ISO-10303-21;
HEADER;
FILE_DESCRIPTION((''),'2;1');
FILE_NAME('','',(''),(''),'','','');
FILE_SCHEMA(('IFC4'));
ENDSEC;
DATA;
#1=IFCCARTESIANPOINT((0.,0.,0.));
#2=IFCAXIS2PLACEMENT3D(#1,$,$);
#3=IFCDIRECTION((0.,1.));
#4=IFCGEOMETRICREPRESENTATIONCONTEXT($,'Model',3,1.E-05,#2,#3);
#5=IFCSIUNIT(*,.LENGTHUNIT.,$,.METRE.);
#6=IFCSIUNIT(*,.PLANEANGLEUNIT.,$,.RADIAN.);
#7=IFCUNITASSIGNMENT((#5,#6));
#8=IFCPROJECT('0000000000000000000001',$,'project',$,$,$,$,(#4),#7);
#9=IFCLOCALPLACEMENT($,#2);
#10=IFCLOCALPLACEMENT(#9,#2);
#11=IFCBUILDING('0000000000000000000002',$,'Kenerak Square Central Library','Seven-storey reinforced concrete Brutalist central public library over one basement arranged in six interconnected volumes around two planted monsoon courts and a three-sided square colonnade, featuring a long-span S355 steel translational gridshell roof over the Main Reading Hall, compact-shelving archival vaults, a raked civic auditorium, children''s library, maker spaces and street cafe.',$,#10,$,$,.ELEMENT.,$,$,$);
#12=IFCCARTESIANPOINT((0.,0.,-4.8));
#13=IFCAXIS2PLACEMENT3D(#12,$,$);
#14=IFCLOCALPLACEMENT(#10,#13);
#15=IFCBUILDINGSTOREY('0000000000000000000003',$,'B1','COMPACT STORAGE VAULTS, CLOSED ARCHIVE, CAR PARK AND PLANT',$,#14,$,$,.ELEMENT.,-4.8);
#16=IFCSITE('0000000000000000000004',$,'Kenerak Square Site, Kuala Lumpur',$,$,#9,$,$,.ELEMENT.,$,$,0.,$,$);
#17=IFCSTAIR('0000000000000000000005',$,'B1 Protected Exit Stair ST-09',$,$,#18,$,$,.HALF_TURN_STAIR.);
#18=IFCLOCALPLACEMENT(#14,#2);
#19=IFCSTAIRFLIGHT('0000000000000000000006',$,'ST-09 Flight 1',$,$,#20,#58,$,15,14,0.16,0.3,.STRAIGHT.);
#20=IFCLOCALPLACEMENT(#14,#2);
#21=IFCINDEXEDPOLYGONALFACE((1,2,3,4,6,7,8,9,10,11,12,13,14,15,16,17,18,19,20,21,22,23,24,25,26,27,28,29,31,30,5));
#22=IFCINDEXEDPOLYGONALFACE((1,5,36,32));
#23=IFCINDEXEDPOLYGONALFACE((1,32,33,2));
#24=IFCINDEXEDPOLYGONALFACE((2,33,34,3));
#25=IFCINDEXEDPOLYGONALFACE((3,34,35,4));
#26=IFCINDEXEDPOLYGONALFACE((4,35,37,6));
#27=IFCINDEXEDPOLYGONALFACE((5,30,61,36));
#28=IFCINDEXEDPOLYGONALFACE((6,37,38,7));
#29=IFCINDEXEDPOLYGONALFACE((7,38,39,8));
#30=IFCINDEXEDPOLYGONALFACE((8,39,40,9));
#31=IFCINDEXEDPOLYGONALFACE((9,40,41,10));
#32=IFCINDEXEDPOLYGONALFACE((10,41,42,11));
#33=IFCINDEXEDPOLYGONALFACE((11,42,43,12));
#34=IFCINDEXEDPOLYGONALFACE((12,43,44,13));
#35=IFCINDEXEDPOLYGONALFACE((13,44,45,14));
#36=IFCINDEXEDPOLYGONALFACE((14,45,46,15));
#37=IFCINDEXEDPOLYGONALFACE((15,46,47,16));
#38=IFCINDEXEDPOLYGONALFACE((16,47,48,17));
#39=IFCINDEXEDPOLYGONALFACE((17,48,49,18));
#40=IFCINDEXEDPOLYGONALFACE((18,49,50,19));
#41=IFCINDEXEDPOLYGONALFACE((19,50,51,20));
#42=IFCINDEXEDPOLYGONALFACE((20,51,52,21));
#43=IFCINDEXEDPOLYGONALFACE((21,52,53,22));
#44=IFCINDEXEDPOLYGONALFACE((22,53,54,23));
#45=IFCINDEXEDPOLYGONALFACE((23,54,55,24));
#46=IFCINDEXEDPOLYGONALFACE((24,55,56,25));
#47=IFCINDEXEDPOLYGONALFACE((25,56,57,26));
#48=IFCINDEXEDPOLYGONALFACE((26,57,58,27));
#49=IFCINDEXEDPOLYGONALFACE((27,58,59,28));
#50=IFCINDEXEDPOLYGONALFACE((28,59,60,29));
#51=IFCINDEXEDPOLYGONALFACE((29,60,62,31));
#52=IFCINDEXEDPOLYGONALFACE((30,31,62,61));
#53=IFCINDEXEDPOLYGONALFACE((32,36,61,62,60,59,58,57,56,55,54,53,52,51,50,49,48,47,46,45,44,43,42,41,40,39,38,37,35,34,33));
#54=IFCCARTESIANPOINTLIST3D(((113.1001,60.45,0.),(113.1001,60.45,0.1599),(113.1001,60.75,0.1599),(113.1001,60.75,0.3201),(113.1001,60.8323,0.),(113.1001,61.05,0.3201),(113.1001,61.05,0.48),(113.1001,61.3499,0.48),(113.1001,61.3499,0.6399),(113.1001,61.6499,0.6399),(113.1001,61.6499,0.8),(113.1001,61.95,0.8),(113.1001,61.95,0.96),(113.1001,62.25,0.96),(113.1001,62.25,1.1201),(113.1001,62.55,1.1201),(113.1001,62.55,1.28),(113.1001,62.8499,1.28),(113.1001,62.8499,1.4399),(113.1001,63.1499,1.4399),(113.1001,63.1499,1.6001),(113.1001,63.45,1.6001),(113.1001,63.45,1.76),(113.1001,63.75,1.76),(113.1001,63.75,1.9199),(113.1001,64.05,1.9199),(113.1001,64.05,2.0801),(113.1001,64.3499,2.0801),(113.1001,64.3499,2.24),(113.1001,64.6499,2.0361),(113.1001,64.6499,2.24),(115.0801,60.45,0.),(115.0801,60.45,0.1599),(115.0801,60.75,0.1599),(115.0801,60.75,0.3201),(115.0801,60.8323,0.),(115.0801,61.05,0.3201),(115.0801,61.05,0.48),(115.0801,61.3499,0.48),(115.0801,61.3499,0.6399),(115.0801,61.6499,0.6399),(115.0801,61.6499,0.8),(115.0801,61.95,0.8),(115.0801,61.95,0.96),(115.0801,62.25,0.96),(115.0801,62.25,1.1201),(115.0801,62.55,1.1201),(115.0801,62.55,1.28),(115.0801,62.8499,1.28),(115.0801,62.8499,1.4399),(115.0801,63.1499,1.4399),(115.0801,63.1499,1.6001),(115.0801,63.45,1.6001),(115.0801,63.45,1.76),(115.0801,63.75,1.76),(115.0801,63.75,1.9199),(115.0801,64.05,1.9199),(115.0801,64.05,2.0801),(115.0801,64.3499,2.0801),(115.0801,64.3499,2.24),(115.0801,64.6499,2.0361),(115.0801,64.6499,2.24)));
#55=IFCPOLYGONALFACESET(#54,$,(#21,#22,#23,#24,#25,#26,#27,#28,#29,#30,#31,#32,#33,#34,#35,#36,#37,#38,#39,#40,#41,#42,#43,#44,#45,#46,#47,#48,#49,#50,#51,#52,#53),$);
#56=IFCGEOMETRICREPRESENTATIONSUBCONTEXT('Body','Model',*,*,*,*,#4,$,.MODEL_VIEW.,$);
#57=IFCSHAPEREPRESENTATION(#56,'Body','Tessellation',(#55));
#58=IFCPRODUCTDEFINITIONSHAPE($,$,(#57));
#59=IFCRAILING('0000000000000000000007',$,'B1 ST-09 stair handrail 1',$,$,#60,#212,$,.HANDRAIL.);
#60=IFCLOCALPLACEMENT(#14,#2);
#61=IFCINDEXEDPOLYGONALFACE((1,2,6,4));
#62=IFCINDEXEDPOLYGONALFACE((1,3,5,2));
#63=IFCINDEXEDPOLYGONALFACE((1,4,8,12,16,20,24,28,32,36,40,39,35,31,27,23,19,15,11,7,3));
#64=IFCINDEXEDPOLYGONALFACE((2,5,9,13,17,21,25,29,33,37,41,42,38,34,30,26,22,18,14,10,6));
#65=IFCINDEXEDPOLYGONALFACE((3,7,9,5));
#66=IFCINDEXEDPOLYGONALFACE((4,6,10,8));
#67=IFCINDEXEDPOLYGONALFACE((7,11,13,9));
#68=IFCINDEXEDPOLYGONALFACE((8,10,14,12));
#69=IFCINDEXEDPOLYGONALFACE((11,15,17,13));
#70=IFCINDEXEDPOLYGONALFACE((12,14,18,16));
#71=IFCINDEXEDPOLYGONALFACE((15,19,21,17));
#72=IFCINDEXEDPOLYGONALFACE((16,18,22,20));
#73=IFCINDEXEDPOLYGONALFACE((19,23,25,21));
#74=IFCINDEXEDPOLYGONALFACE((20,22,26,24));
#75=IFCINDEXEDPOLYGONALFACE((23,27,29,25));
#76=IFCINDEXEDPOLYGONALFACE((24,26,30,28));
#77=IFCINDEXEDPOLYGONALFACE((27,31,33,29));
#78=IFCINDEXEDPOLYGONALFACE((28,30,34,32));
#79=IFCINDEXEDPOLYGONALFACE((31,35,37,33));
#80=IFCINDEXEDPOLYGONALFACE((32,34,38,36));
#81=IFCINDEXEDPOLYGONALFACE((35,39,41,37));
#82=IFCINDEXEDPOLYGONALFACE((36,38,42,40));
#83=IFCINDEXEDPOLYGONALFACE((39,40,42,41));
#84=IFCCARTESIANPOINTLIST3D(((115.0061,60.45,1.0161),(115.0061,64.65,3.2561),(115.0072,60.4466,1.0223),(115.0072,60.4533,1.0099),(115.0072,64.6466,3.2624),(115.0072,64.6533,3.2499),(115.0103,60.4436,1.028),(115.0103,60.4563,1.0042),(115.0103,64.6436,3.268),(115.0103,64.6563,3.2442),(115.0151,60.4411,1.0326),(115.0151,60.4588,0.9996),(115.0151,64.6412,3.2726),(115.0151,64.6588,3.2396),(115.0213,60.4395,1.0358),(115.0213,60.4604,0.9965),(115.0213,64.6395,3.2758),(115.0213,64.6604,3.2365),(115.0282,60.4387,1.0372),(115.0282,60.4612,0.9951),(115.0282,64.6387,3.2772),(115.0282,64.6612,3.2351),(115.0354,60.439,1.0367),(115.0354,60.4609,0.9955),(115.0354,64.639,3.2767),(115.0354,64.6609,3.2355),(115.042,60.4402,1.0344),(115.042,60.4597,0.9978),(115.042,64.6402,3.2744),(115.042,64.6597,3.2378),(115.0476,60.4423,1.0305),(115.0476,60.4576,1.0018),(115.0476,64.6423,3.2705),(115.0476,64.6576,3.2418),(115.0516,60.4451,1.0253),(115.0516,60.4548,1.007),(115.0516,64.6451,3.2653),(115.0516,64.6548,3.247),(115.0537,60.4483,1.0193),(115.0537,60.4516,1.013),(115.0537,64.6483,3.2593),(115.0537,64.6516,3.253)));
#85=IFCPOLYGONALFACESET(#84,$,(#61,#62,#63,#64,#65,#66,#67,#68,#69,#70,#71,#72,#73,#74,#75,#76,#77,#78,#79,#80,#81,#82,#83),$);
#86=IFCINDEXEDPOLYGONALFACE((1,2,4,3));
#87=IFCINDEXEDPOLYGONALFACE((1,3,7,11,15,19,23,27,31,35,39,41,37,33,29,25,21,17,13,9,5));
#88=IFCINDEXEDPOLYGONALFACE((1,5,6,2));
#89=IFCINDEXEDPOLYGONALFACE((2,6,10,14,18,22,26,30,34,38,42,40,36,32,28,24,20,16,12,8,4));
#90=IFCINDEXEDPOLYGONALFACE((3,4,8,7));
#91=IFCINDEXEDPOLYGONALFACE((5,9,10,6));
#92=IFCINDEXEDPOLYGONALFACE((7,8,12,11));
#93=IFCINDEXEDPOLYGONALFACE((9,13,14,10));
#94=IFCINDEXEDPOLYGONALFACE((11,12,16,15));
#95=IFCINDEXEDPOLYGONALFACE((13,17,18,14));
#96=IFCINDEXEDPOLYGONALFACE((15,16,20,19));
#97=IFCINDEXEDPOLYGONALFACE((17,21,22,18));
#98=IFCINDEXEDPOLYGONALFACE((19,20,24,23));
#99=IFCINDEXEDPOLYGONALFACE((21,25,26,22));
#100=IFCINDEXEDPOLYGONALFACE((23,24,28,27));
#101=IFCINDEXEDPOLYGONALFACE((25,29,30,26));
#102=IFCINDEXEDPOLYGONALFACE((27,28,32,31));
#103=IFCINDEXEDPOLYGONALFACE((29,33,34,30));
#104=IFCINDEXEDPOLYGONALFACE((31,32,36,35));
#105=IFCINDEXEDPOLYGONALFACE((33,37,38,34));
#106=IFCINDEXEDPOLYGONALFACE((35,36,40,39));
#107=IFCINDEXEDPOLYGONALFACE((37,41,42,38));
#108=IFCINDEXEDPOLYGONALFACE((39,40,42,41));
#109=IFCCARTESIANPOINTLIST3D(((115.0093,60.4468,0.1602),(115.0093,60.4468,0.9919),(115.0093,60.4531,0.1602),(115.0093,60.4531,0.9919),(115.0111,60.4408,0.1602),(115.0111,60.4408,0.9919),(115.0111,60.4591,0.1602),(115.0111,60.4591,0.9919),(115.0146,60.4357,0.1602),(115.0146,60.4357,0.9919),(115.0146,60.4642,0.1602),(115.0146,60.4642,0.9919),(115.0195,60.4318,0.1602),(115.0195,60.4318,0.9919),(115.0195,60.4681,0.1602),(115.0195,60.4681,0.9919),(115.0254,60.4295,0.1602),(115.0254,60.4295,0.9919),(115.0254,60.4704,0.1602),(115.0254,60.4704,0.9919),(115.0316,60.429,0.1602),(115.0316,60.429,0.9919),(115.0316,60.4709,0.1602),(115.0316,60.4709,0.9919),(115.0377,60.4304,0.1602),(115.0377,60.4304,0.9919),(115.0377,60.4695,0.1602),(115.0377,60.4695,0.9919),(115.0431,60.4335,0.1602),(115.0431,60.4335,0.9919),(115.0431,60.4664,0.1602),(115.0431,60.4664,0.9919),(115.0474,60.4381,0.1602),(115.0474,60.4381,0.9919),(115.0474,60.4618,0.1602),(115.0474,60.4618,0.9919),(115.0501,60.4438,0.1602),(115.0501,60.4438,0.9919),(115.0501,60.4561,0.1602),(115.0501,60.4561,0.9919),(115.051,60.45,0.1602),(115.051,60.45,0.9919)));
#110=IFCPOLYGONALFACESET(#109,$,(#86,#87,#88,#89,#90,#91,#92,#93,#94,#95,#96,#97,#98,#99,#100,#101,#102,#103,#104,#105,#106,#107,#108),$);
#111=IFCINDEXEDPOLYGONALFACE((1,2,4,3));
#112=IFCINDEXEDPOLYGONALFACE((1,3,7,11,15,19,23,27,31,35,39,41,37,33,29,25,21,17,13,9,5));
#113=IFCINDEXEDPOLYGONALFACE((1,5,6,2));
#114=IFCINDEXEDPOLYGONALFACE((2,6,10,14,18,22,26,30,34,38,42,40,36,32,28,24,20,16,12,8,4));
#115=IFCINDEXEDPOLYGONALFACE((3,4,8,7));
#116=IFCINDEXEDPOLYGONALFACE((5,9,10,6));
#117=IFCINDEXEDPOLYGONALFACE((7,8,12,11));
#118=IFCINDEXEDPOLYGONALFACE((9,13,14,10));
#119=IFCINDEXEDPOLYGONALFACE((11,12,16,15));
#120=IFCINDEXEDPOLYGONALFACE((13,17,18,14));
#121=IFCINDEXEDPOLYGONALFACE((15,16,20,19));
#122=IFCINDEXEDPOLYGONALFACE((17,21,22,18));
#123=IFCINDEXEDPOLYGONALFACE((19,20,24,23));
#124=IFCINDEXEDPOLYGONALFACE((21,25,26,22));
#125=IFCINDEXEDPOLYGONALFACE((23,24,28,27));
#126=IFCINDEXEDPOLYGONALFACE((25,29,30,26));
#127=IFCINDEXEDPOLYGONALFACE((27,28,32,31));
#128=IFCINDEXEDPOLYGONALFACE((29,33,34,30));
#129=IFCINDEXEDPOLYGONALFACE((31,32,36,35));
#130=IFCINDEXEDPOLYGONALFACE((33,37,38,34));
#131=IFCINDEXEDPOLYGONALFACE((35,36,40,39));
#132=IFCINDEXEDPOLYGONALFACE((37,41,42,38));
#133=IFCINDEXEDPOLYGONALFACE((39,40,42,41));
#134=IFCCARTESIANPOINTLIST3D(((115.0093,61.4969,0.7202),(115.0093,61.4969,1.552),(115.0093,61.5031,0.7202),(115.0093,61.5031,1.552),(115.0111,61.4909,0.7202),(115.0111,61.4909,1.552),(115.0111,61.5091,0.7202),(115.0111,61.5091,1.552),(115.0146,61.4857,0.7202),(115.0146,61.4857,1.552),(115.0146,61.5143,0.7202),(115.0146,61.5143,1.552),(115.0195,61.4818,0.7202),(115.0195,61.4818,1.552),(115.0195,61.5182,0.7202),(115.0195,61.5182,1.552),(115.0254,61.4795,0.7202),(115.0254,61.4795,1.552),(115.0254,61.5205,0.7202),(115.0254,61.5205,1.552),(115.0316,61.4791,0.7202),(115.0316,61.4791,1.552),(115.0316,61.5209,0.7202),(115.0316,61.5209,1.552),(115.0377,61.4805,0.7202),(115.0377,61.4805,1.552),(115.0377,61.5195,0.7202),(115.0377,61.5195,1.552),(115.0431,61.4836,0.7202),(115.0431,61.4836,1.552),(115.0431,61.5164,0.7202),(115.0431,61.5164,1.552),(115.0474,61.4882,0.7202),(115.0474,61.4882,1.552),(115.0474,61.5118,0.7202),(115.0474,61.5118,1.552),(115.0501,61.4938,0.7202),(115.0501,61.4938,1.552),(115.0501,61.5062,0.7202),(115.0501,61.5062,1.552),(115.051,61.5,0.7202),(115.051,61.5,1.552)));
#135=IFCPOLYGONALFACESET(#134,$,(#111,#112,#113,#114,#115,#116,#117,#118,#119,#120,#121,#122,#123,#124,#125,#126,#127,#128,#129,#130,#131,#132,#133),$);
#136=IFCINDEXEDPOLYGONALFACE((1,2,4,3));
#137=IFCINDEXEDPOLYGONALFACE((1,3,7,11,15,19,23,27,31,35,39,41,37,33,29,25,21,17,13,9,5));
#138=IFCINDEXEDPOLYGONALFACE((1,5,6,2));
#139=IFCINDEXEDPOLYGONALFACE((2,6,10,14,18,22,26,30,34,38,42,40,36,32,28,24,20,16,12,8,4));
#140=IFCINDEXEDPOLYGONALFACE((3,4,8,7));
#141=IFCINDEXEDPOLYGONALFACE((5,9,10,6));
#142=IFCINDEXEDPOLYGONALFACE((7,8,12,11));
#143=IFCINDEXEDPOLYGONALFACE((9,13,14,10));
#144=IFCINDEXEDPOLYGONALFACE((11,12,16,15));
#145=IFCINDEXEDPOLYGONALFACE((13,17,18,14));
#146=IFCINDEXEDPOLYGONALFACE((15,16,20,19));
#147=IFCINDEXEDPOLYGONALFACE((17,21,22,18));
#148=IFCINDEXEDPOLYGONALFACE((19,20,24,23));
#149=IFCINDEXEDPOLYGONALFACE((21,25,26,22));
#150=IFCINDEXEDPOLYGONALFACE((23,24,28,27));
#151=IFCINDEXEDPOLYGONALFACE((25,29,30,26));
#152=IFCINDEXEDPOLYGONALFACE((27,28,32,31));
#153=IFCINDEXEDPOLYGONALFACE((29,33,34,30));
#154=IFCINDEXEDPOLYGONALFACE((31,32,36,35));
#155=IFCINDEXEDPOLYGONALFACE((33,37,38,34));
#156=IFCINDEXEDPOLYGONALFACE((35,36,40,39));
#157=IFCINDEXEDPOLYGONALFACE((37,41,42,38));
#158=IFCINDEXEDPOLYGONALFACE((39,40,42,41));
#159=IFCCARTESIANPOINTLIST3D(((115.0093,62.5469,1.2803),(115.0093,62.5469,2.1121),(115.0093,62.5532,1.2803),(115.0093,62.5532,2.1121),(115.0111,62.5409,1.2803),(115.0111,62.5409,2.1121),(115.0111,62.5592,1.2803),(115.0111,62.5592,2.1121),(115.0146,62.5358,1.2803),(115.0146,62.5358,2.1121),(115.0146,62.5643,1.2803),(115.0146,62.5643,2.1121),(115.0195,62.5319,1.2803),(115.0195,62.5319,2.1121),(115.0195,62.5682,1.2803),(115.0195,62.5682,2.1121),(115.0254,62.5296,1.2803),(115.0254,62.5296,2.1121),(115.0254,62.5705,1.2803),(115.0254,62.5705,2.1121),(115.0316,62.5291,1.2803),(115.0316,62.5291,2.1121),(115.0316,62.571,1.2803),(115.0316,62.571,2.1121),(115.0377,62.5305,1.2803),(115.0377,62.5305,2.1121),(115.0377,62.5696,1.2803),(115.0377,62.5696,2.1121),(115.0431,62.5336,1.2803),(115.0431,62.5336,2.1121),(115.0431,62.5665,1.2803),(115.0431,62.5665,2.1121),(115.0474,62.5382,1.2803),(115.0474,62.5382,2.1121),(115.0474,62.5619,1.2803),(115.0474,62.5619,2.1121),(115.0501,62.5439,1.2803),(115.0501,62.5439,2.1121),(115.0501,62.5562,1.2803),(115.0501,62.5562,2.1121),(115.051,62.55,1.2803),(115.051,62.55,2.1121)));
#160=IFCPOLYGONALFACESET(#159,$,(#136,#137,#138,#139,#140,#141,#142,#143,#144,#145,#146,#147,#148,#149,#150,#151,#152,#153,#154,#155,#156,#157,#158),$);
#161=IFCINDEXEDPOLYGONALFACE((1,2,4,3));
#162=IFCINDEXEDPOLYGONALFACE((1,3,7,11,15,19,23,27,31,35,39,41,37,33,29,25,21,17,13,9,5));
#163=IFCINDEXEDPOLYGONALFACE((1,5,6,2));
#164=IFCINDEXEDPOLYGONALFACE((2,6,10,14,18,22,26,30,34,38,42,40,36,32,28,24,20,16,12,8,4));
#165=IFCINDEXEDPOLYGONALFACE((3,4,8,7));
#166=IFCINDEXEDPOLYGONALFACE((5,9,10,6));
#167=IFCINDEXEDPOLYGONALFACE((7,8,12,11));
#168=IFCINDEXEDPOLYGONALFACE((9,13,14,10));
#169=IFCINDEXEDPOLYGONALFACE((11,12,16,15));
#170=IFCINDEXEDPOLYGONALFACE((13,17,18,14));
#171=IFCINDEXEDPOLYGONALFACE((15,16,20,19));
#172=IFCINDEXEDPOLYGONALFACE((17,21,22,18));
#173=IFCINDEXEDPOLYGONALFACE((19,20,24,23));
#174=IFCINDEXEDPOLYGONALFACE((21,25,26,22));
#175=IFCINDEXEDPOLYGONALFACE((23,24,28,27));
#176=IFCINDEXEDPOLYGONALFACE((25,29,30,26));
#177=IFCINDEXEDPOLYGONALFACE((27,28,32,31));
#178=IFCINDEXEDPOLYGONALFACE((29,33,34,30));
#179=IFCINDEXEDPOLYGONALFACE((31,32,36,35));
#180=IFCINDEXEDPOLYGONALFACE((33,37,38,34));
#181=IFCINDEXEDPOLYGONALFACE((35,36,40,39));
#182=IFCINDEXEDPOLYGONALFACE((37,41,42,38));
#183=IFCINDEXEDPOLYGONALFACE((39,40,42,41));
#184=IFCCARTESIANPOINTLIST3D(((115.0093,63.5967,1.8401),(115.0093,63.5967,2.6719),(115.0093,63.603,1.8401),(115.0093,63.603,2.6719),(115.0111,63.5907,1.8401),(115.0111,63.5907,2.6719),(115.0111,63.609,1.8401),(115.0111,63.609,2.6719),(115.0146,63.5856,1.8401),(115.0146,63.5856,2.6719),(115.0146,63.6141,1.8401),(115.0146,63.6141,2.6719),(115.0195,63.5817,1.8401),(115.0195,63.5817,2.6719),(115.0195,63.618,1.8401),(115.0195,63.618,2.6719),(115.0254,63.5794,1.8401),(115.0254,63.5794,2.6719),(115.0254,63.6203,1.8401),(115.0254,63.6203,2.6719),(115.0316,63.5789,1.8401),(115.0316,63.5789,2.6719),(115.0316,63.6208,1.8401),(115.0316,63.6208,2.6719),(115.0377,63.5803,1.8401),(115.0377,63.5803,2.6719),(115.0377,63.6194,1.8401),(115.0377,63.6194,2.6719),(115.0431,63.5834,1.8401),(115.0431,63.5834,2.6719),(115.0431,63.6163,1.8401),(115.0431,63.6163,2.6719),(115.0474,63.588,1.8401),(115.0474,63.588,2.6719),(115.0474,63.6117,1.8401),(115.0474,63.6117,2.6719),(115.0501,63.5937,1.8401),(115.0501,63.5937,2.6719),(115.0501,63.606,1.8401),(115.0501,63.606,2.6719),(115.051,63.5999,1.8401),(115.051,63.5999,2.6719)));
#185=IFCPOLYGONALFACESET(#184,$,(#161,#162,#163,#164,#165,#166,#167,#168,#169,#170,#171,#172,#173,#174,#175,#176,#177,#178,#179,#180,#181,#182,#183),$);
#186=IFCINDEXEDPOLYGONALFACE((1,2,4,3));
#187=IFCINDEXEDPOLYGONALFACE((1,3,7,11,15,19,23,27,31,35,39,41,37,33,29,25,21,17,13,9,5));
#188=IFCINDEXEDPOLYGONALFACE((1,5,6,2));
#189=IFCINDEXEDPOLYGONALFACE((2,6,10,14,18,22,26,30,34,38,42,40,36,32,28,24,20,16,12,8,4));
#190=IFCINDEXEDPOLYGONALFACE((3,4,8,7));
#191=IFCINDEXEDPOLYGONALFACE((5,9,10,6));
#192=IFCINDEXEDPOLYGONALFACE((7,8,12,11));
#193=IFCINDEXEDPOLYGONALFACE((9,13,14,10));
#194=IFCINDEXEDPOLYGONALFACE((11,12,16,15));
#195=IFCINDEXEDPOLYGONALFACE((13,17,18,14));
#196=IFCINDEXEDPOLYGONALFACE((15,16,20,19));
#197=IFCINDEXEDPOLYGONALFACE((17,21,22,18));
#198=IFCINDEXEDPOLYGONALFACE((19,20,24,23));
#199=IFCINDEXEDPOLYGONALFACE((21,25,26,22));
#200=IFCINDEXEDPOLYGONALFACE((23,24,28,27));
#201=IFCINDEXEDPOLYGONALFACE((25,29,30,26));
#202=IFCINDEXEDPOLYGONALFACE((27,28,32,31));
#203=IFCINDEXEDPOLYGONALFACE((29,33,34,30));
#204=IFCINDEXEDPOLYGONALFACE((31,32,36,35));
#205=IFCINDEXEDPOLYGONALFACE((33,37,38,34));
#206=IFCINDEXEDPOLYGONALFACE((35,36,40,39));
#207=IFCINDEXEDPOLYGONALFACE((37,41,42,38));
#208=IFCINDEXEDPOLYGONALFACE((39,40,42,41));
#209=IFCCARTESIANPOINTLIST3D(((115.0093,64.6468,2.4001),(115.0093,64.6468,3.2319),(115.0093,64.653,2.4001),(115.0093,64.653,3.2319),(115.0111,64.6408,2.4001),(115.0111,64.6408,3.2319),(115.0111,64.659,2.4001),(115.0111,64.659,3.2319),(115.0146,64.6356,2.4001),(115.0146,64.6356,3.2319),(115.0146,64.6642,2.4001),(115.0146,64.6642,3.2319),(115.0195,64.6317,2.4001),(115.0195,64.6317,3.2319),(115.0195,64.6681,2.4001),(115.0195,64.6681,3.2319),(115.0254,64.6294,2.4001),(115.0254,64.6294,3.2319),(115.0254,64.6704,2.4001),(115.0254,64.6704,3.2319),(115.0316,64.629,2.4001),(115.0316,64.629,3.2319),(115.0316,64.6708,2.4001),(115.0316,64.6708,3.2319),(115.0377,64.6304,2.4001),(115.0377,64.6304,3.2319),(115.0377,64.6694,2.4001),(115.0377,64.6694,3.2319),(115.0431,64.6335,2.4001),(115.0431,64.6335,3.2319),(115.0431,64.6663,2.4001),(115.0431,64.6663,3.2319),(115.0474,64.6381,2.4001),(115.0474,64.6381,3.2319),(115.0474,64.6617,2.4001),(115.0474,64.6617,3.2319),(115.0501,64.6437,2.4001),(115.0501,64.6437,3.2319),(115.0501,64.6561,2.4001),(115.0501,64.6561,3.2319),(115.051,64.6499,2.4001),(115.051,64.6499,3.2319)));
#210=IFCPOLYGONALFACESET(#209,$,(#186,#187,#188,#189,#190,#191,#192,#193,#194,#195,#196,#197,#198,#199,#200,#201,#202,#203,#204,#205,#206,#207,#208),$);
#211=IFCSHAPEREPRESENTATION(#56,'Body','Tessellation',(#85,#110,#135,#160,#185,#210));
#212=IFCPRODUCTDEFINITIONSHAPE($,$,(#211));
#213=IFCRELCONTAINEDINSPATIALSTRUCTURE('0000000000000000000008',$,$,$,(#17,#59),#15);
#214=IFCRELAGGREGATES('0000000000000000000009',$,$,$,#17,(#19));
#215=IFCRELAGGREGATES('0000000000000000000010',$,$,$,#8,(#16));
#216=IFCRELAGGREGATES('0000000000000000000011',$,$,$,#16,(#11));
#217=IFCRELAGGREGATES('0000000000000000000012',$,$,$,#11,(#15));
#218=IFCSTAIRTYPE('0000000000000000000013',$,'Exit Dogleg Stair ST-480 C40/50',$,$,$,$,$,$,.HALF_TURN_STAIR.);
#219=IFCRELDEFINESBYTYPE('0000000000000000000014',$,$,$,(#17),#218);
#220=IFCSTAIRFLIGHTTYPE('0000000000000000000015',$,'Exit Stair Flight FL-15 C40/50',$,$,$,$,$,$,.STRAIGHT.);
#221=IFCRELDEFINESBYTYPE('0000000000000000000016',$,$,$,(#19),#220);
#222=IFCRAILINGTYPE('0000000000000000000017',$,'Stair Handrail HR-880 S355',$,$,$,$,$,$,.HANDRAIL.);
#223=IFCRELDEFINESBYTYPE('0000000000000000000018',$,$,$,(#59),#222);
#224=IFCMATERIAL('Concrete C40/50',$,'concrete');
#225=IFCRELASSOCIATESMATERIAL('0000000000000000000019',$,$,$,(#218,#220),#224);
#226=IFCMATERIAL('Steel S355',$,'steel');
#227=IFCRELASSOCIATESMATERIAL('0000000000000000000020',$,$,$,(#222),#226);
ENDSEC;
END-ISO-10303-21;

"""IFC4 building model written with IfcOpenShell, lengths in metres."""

from ifc_helpers import new_model, si_unit, direction, frame, origin, origin_2d, place, context, subcontext, project, spatial, polyline, circle, outline, extrude, material, type_object, element, aggregate, save


model = new_model("IFC4")

# Units and contexts
model_context = context("Model", 3, precision=1e-05, world=origin(), true_north=direction((0.0, 1.0)))
body_context = subcontext(model_context, "Body", "Model", "MODEL_VIEW")
ifc_project = project(units=[si_unit("LENGTHUNIT", "METRE"), si_unit("PLANEANGLEUNIT", "RADIAN")], contexts=[model_context])

# Site, building, storey
site_placement = place(None, origin())
site = spatial("IfcSite", under=ifc_project, at=site_placement, Name="Kenerak Square Site, Kuala Lumpur", CompositionType="ELEMENT", RefElevation=0.0)
building_placement = place(site_placement, origin())
building = spatial("IfcBuilding", under=site, at=building_placement, Name="Kenerak Square Central Library", Description="Seven-storey reinforced concrete Brutalist central public library over one basement arranged in six interconnected volumes around two planted monsoon courts and a three-sided square colonnade, featuring a long-span S355 steel translational gridshell roof over the Main Reading Hall, compact-shelving archival vaults, a raked civic auditorium, children's library, maker spaces and street cafe.", CompositionType="ELEMENT")
storey_placement = place(building_placement, frame((0.0, 0.0, -4.8)))
storey = spatial("IfcBuildingStorey", under=building, at=storey_placement, Name="B1", Description="COMPACT STORAGE VAULTS, CLOSED ARCHIVE, CAR PARK AND PLANT", CompositionType="ELEMENT", Elevation=-4.8)

# Shared definitions
ifc_material_1 = material(Name="Concrete C40/50", Category="concrete")

# Shared definitions
ifc_material_2 = material(Name="Steel S355", Category="steel")

# Stair, stair flight
stair_type = type_object("IfcStairType", Name="Exit Dogleg Stair ST-480 C40/50", PredefinedType="HALF_TURN_STAIR", material=ifc_material_1)
stair_placement = place(storey_placement, origin())
stair = element("IfcStair", 1, at=stair_placement, inside=storey, type_object=stair_type, Name="B1 Protected Exit Stair ST-09", PredefinedType="HALF_TURN_STAIR")
stair_flight_type = type_object("IfcStairFlightType", Name="Exit Stair Flight FL-15 C40/50", PredefinedType="STRAIGHT", material=ifc_material_1)
stair_flight_placement = place(storey_placement, frame((114.0901, 60.45, 0.0), z_axis=(0.0, 0.0, 1.0), x_axis=(0.0, 1.0, 0.0)))
stair_flight = element("IfcStairFlight", 2, at=stair_flight_placement, type_object=stair_flight_type, Name="ST-09 Flight 1", NumberOfRisers=15, NumberOfTreads=14, PredefinedType="STRAIGHT", RiserHeight=0.16, TreadLength=0.3, context=body_context, shape_type="SweptSolid", body=[
    extrude(outline(polyline([(0.0, 0.0), (0.0, 0.1599), (0.3, 0.1599), (0.3, 0.3201), (0.6001, 0.3201), (0.6001, 0.48), (0.8999, 0.48), (0.8999, 0.6399), (1.2, 0.6399), (1.2, 0.8), (1.5, 0.8), (1.5, 0.96), (1.8, 0.96), (1.8, 1.1201), (2.1001, 1.1201), (2.1001, 1.28), (2.3999, 1.28), (2.3999, 1.4399), (2.7, 1.4399), (2.7, 1.6001), (3.0, 1.6001), (3.0, 1.76), (3.3, 1.76), (3.3, 1.9199), (3.6001, 1.9199), (3.6001, 2.0801), (3.8999, 2.0801), (3.8999, 2.24), (4.2, 2.24), (4.2, 2.3999), (4.2, 2.0361), (0.3823, 0.0), (0.0, 0.0)])), frame((0.0, 0.99, 0.0), z_axis=(0.0, -1.0, 0.0), x_axis=(1.0, 0.0, 0.0)), (0.0, 0.0, 1.0), 1.98),
])
aggregate(stair, [stair_flight])

# Railing
railing_type = type_object("IfcRailingType", Name="Stair Handrail HR-880 S355", PredefinedType="HANDRAIL", material=ifc_material_2)
railing_placement = place(storey_placement, frame((115.03, 60.45, 0.1602)))
element("IfcRailing", 3, at=railing_placement, inside=storey, type_object=railing_type, Name="B1 ST-09 stair handrail 1", PredefinedType="HANDRAIL", context=body_context, shape_type="SweptSolid", body=[
    extrude(circle(Radius=0.0239, at=origin_2d()), frame((0.0, 0.0, 0.856), z_axis=(0.0, 0.882352, 0.470591), x_axis=(-1.0, 0.0, 0.0)), (0.0, 0.0, 1.0), 4.76),
    extrude(circle(Radius=0.021, at=origin_2d()), origin(), (0.0, 0.0, 1.0), 0.8318),
    extrude(circle(Radius=0.021, at=origin_2d()), frame((0.0, 1.05, 0.5601)), (0.0, 0.0, 1.0), 0.8318),
    extrude(circle(Radius=0.021, at=origin_2d()), frame((0.0, 2.1001, 1.1201)), (0.0, 0.0, 1.0), 0.8318),
    extrude(circle(Radius=0.021, at=origin_2d()), frame((0.0, 3.1499, 1.6799)), (0.0, 0.0, 1.0), 0.8318),
    extrude(circle(Radius=0.021, at=origin_2d()), frame((0.0, 4.2, 2.24)), (0.0, 0.0, 1.0), 0.8318),
])

save(model, "model.ifc")
